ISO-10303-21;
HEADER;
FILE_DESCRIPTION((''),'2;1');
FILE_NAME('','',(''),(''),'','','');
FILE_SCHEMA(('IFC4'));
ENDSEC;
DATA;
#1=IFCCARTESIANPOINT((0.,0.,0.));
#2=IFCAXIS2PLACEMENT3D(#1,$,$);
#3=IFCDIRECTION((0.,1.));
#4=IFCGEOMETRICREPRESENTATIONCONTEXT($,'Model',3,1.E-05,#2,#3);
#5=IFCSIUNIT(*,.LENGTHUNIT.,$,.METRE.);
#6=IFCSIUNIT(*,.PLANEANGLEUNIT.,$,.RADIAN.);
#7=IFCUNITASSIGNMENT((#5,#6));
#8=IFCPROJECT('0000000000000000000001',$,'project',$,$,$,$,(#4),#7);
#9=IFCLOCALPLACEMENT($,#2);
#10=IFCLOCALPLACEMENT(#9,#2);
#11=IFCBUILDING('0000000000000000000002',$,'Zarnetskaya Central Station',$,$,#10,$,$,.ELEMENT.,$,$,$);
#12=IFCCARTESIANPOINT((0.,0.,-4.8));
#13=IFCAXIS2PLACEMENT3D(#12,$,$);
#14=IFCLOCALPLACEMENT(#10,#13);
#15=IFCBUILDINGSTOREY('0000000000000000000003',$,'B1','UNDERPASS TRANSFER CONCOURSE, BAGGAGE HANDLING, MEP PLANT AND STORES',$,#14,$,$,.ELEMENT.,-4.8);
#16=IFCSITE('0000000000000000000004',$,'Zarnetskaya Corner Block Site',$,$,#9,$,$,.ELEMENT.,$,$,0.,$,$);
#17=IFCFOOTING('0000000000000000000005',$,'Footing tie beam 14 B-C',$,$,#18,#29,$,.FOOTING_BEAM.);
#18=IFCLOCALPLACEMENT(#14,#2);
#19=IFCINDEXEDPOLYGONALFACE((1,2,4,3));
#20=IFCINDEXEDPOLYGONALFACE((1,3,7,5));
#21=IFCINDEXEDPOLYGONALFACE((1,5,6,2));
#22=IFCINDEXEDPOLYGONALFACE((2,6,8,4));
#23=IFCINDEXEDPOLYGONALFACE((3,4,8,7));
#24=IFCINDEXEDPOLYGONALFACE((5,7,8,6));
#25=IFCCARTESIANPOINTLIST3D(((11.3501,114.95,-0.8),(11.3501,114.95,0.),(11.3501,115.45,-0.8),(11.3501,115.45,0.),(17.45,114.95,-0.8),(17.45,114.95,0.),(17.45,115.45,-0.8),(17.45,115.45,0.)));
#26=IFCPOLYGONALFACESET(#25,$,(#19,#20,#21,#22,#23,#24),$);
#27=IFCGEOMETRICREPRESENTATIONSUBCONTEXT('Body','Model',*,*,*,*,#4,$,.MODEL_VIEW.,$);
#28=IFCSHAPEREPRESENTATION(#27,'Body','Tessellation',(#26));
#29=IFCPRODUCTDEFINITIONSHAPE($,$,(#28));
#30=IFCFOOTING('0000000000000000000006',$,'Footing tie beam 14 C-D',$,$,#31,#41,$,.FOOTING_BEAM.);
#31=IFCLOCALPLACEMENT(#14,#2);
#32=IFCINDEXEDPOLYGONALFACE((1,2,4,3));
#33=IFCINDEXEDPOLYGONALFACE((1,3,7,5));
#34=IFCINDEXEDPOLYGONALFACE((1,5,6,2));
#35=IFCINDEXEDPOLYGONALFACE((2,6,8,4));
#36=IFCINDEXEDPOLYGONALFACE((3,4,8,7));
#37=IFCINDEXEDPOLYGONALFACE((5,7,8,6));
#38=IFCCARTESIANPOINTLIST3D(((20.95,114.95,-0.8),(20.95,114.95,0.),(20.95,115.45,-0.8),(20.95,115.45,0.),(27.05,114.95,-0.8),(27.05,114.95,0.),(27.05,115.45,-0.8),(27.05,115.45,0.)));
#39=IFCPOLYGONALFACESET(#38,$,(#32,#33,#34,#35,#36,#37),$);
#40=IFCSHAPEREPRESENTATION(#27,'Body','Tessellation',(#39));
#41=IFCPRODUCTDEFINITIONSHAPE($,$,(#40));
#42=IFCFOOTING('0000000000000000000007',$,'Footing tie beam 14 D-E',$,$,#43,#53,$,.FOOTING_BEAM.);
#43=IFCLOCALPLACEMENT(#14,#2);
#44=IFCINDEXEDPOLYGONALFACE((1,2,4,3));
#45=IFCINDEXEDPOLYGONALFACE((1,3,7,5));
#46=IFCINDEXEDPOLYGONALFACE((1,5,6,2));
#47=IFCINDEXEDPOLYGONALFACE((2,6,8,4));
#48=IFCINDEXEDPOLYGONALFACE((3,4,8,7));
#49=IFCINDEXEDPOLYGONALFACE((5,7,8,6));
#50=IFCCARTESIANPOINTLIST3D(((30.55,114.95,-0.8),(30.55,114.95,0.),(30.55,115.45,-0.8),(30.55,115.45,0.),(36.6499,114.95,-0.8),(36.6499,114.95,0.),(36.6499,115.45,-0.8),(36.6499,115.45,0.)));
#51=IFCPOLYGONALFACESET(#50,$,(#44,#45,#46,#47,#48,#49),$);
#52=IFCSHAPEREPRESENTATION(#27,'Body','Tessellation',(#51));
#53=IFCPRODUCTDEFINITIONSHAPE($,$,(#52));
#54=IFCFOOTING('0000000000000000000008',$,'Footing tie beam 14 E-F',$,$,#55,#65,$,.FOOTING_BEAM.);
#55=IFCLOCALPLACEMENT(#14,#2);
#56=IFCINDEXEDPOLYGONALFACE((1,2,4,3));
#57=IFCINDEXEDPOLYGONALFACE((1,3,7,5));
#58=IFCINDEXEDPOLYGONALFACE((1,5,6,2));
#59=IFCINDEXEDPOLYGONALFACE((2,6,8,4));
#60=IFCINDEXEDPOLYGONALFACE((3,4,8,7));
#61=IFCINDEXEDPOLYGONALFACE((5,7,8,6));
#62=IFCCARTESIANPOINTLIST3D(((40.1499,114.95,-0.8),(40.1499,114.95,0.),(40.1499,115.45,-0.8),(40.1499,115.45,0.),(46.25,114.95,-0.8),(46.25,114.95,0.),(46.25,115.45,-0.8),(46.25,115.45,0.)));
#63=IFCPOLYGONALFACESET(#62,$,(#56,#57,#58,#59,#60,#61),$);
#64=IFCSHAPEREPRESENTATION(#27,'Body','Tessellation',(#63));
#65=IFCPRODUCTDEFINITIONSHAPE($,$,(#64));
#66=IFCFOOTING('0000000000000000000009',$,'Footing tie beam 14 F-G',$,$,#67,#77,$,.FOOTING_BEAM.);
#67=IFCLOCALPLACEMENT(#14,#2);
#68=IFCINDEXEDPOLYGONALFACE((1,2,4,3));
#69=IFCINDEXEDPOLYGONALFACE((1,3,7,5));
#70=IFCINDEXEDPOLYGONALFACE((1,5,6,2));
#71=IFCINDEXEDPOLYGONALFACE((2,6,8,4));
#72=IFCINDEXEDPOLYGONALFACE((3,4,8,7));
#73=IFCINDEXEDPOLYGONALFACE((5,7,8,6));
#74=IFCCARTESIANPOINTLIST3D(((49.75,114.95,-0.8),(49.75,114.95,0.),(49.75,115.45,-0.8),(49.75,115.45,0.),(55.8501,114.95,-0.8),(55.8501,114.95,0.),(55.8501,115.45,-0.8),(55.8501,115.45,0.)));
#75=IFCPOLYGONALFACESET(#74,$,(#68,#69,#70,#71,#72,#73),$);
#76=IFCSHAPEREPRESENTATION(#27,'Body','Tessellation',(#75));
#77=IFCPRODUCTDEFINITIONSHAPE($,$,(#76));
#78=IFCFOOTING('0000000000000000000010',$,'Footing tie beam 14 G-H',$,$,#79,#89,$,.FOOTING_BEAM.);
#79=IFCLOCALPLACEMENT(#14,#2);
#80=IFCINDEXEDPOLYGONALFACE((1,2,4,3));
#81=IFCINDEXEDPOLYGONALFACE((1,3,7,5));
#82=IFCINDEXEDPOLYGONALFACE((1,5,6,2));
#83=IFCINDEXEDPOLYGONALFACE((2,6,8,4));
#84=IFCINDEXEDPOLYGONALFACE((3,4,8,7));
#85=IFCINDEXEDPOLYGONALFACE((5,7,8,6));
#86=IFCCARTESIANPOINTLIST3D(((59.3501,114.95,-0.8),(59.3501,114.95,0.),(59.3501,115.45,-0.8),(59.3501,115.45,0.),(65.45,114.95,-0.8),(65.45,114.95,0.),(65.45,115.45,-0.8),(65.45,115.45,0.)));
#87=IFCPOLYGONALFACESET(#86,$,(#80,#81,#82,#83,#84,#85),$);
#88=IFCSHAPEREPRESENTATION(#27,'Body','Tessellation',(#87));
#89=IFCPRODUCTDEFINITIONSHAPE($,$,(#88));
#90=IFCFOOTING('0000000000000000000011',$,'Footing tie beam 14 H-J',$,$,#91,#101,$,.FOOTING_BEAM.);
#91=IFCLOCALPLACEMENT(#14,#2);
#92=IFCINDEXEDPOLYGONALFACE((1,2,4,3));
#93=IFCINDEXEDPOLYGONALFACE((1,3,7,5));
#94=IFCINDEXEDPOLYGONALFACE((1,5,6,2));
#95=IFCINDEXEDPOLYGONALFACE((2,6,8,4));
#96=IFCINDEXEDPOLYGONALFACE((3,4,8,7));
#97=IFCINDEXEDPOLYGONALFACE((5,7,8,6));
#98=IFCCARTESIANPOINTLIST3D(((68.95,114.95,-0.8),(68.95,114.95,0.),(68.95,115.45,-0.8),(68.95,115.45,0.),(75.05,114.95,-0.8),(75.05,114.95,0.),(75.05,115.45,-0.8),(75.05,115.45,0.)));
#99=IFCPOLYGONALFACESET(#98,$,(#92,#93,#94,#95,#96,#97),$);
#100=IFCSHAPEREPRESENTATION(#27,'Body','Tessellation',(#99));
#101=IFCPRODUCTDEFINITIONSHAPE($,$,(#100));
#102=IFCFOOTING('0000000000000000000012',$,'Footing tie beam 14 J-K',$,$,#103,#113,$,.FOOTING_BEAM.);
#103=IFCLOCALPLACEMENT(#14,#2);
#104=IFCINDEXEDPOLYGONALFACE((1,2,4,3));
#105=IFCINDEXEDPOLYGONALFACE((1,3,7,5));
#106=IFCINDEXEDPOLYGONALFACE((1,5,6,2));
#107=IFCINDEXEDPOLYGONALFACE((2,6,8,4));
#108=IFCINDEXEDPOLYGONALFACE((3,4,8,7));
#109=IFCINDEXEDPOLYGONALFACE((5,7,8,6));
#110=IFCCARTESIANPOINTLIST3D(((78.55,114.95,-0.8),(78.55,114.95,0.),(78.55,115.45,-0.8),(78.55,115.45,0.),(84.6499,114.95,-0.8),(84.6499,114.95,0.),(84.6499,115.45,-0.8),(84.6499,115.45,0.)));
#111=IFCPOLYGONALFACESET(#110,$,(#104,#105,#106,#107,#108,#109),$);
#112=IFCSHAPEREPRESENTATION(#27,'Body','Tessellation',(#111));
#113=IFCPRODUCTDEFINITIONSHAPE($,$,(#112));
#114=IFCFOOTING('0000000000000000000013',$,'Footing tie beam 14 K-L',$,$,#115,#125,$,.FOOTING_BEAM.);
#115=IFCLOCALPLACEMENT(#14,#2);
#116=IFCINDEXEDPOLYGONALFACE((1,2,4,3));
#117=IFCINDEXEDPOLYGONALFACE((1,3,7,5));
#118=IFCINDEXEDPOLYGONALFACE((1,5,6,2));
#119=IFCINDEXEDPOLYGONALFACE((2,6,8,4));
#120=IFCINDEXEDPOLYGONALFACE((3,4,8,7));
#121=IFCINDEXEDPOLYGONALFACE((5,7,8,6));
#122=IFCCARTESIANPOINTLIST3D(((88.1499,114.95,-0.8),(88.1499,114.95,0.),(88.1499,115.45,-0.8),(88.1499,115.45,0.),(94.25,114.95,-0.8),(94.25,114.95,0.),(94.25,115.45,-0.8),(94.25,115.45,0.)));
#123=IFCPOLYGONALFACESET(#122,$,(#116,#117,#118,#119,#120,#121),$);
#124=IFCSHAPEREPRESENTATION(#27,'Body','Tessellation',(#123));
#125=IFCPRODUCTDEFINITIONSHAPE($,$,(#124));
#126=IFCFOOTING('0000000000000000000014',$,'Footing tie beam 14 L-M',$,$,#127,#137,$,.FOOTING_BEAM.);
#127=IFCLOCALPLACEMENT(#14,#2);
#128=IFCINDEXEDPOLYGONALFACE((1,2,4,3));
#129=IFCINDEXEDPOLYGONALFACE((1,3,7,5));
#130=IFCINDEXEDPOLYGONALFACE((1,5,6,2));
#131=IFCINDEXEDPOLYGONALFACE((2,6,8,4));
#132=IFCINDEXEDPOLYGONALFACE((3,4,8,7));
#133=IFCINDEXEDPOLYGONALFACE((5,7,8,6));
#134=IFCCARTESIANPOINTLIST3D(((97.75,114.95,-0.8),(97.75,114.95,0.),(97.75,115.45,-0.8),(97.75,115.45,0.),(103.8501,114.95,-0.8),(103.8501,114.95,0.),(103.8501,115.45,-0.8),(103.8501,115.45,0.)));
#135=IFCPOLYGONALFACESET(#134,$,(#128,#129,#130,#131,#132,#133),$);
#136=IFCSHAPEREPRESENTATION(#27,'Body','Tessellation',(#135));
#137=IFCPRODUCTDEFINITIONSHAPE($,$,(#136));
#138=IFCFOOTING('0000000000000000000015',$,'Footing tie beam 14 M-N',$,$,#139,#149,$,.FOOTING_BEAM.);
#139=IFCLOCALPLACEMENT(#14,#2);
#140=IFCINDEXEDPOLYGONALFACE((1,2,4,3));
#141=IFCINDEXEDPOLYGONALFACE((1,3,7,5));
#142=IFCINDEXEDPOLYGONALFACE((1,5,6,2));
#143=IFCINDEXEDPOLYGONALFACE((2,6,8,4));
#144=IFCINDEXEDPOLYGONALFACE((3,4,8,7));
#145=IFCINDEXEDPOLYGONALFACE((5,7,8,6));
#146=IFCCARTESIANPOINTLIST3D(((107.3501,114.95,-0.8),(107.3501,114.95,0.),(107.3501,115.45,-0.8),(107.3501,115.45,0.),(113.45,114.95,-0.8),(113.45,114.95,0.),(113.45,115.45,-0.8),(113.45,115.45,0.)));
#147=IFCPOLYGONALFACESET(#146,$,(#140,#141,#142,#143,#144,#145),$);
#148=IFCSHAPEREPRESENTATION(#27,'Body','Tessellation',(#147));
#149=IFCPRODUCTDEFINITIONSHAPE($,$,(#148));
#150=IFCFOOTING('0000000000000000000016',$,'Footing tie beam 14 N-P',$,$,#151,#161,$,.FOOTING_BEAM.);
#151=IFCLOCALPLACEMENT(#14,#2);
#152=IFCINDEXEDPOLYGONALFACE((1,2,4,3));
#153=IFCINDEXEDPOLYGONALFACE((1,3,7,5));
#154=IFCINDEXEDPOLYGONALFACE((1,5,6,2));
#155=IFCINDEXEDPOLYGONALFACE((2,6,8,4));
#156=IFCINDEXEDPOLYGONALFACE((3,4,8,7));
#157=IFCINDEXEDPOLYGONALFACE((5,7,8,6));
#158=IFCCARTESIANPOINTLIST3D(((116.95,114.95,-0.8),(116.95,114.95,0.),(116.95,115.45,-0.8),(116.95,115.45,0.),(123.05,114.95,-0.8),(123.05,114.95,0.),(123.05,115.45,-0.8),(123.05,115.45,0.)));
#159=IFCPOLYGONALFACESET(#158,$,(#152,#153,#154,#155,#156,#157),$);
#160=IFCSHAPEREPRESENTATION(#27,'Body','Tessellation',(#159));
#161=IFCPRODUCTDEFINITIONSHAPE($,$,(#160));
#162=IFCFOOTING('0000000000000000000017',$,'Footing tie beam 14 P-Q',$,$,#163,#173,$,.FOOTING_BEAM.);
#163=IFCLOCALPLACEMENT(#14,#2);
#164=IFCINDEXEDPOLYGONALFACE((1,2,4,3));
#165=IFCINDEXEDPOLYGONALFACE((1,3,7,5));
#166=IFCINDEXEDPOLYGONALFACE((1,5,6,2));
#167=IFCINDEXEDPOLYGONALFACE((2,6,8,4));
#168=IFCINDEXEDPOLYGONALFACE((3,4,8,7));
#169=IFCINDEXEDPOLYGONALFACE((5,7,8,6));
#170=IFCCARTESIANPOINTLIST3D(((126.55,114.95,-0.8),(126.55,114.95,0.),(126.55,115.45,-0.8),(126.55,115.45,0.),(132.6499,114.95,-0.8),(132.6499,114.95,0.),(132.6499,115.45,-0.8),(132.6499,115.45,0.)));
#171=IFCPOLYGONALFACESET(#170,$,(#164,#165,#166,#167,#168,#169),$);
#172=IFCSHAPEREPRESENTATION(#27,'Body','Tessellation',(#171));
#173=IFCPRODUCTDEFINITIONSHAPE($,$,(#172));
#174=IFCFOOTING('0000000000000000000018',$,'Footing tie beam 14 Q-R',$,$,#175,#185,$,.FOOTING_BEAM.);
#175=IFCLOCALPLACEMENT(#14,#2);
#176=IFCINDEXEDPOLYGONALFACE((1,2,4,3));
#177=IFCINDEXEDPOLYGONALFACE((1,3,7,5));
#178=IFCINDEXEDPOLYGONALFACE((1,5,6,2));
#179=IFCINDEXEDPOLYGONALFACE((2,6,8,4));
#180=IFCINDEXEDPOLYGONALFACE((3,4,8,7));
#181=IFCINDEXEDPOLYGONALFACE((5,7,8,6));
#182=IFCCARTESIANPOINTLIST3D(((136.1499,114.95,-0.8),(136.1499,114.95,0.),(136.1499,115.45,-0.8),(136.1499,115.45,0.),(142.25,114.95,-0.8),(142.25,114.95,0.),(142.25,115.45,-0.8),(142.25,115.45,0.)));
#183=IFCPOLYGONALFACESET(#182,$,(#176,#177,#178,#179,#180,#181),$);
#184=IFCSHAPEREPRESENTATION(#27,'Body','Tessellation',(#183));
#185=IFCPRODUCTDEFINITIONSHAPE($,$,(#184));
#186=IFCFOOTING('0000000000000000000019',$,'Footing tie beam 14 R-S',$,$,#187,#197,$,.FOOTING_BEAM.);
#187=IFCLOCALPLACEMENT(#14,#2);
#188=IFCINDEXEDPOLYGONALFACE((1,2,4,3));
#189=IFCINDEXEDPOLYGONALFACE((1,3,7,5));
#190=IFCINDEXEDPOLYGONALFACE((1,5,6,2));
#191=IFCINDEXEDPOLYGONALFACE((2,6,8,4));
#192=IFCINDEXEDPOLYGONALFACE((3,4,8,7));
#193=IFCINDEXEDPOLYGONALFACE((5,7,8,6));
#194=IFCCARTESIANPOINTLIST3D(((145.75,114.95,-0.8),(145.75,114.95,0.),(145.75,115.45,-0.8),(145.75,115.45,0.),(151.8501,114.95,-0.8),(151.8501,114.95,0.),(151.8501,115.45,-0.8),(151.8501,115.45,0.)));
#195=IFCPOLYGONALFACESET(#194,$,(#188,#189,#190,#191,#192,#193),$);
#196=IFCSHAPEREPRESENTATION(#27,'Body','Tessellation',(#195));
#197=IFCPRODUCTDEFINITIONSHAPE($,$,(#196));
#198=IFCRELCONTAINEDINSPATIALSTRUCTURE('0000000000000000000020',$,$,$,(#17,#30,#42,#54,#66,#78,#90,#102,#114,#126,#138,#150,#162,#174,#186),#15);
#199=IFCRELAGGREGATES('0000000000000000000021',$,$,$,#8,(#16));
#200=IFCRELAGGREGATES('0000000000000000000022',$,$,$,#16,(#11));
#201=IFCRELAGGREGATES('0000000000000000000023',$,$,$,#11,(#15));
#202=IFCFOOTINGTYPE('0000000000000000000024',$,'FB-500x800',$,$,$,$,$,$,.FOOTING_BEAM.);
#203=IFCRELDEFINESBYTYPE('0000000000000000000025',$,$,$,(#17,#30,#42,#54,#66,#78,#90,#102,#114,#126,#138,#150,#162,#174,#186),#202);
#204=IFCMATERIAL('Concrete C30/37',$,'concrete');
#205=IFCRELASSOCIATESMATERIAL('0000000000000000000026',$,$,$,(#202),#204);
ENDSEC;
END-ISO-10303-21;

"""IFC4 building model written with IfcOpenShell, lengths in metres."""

from ifc_helpers import new_model, si_unit, direction, frame, origin, place, context, subcontext, project, spatial, polyline, outline, extrude, material, type_object, element, save


model = new_model("IFC4")

# Units and contexts
model_context = context("Model", 3, precision=1e-05, world=origin(), true_north=direction((0.0, 1.0)))
body_context = subcontext(model_context, "Body", "Model", "MODEL_VIEW")
ifc_project = project(units=[si_unit("LENGTHUNIT", "METRE"), si_unit("PLANEANGLEUNIT", "RADIAN")], contexts=[model_context])

# Site, building, storey
site_placement = place(None, origin())
site = spatial("IfcSite", under=ifc_project, at=site_placement, Name="Zarnetskaya Corner Block Site", CompositionType="ELEMENT", RefElevation=0.0)
building_placement = place(site_placement, origin())
building = spatial("IfcBuilding", under=site, at=building_placement, Name="Zarnetskaya Central Station", CompositionType="ELEMENT")
storey_placement = place(building_placement, frame((0.0, 0.0, -4.8)))
storey = spatial("IfcBuildingStorey", under=building, at=storey_placement, Name="B1", Description="UNDERPASS TRANSFER CONCOURSE, BAGGAGE HANDLING, MEP PLANT AND STORES", CompositionType="ELEMENT", Elevation=-4.8)

# Footings
ifc_material = material(Name="Concrete C30/37", Category="concrete")
footing_type_1 = type_object("IfcFootingType", Name="FB-500x800", PredefinedType="FOOTING_BEAM", material=ifc_material)
footing_1_placement = place(storey_placement, frame((0.0, 0.0, -0.8)))
element("IfcFooting", 1, at=footing_1_placement, inside=storey, type_object=footing_type_1, Name="Footing tie beam 14 B-C", PredefinedType="FOOTING_BEAM", context=body_context, shape_type="SweptSolid", body=[
    extrude(outline(polyline([(11.3501, 114.95), (17.45, 114.95), (17.45, 115.45), (11.3501, 115.45), (11.3501, 114.95)])), origin(), (0.0, 0.0, 1.0), 0.8),
])
footing_2_placement = place(storey_placement, frame((0.0, 0.0, -0.8)))
element("IfcFooting", 2, at=footing_2_placement, inside=storey, type_object=footing_type_1, Name="Footing tie beam 14 C-D", PredefinedType="FOOTING_BEAM", context=body_context, shape_type="SweptSolid", body=[
    extrude(outline(polyline([(20.95, 114.95), (27.05, 114.95), (27.05, 115.45), (20.95, 115.45), (20.95, 114.95)])), origin(), (0.0, 0.0, 1.0), 0.8),
])
footing_3_placement = place(storey_placement, frame((0.0, 0.0, -0.8)))
element("IfcFooting", 3, at=footing_3_placement, inside=storey, type_object=footing_type_1, Name="Footing tie beam 14 D-E", PredefinedType="FOOTING_BEAM", context=body_context, shape_type="SweptSolid", body=[
    extrude(outline(polyline([(30.55, 114.95), (36.6499, 114.95), (36.6499, 115.45), (30.55, 115.45), (30.55, 114.95)])), origin(), (0.0, 0.0, 1.0), 0.8),
])
footing_4_placement = place(storey_placement, frame((0.0, 0.0, -0.8)))
element("IfcFooting", 4, at=footing_4_placement, inside=storey, type_object=footing_type_1, Name="Footing tie beam 14 E-F", PredefinedType="FOOTING_BEAM", context=body_context, shape_type="SweptSolid", body=[
    extrude(outline(polyline([(40.1499, 114.95), (46.25, 114.95), (46.25, 115.45), (40.1499, 115.45), (40.1499, 114.95)])), origin(), (0.0, 0.0, 1.0), 0.8),
])
footing_5_placement = place(storey_placement, frame((0.0, 0.0, -0.8)))
element("IfcFooting", 5, at=footing_5_placement, inside=storey, type_object=footing_type_1, Name="Footing tie beam 14 F-G", PredefinedType="FOOTING_BEAM", context=body_context, shape_type="SweptSolid", body=[
    extrude(outline(polyline([(49.75, 114.95), (55.8501, 114.95), (55.8501, 115.45), (49.75, 115.45), (49.75, 114.95)])), origin(), (0.0, 0.0, 1.0), 0.8),
])
footing_6_placement = place(storey_placement, frame((0.0, 0.0, -0.8)))
element("IfcFooting", 6, at=footing_6_placement, inside=storey, type_object=footing_type_1, Name="Footing tie beam 14 G-H", PredefinedType="FOOTING_BEAM", context=body_context, shape_type="SweptSolid", body=[
    extrude(outline(polyline([(59.3501, 114.95), (65.45, 114.95), (65.45, 115.45), (59.3501, 115.45), (59.3501, 114.95)])), origin(), (0.0, 0.0, 1.0), 0.8),
])
footing_7_placement = place(storey_placement, frame((0.0, 0.0, -0.8)))
element("IfcFooting", 7, at=footing_7_placement, inside=storey, type_object=footing_type_1, Name="Footing tie beam 14 H-J", PredefinedType="FOOTING_BEAM", context=body_context, shape_type="SweptSolid", body=[
    extrude(outline(polyline([(68.95, 114.95), (75.05, 114.95), (75.05, 115.45), (68.95, 115.45), (68.95, 114.95)])), origin(), (0.0, 0.0, 1.0), 0.8),
])
footing_8_placement = place(storey_placement, frame((0.0, 0.0, -0.8)))
element("IfcFooting", 8, at=footing_8_placement, inside=storey, type_object=footing_type_1, Name="Footing tie beam 14 J-K", PredefinedType="FOOTING_BEAM", context=body_context, shape_type="SweptSolid", body=[
    extrude(outline(polyline([(78.55, 114.95), (84.6499, 114.95), (84.6499, 115.45), (78.55, 115.45), (78.55, 114.95)])), origin(), (0.0, 0.0, 1.0), 0.8),
])
footing_9_placement = place(storey_placement, frame((0.0, 0.0, -0.8)))
element("IfcFooting", 9, at=footing_9_placement, inside=storey, type_object=footing_type_1, Name="Footing tie beam 14 K-L", PredefinedType="FOOTING_BEAM", context=body_context, shape_type="SweptSolid", body=[
    extrude(outline(polyline([(88.1499, 114.95), (94.25, 114.95), (94.25, 115.45), (88.1499, 115.45), (88.1499, 114.95)])), origin(), (0.0, 0.0, 1.0), 0.8),
])
footing_10_placement = place(storey_placement, frame((0.0, 0.0, -0.8)))
element("IfcFooting", 10, at=footing_10_placement, inside=storey, type_object=footing_type_1, Name="Footing tie beam 14 L-M", PredefinedType="FOOTING_BEAM", context=body_context, shape_type="SweptSolid", body=[
    extrude(outline(polyline([(97.75, 114.95), (103.8501, 114.95), (103.8501, 115.45), (97.75, 115.45), (97.75, 114.95)])), origin(), (0.0, 0.0, 1.0), 0.8),
])
footing_11_placement = place(storey_placement, frame((0.0, 0.0, -0.8)))
element("IfcFooting", 11, at=footing_11_placement, inside=storey, type_object=footing_type_1, Name="Footing tie beam 14 M-N", PredefinedType="FOOTING_BEAM", context=body_context, shape_type="SweptSolid", body=[
    extrude(outline(polyline([(107.3501, 114.95), (113.45, 114.95), (113.45, 115.45), (107.3501, 115.45), (107.3501, 114.95)])), origin(), (0.0, 0.0, 1.0), 0.8),
])
footing_12_placement = place(storey_placement, frame((0.0, 0.0, -0.8)))
element("IfcFooting", 12, at=footing_12_placement, inside=storey, type_object=footing_type_1, Name="Footing tie beam 14 N-P", PredefinedType="FOOTING_BEAM", context=body_context, shape_type="SweptSolid", body=[
    extrude(outline(polyline([(116.95, 114.95), (123.05, 114.95), (123.05, 115.45), (116.95, 115.45), (116.95, 114.95)])), origin(), (0.0, 0.0, 1.0), 0.8),
])
footing_13_placement = place(storey_placement, frame((0.0, 0.0, -0.8)))
element("IfcFooting", 13, at=footing_13_placement, inside=storey, type_object=footing_type_1, Name="Footing tie beam 14 P-Q", PredefinedType="FOOTING_BEAM", context=body_context, shape_type="SweptSolid", body=[
    extrude(outline(polyline([(126.55, 114.95), (132.6499, 114.95), (132.6499, 115.45), (126.55, 115.45), (126.55, 114.95)])), origin(), (0.0, 0.0, 1.0), 0.8),
])
footing_14_placement = place(storey_placement, frame((0.0, 0.0, -0.8)))
element("IfcFooting", 14, at=footing_14_placement, inside=storey, type_object=footing_type_1, Name="Footing tie beam 14 Q-R", PredefinedType="FOOTING_BEAM", context=body_context, shape_type="SweptSolid", body=[
    extrude(outline(polyline([(136.1499, 114.95), (142.25, 114.95), (142.25, 115.45), (136.1499, 115.45), (136.1499, 114.95)])), origin(), (0.0, 0.0, 1.0), 0.8),
])
footing_15_placement = place(storey_placement, frame((0.0, 0.0, -0.8)))
element("IfcFooting", 15, at=footing_15_placement, inside=storey, type_object=footing_type_1, Name="Footing tie beam 14 R-S", PredefinedType="FOOTING_BEAM", context=body_context, shape_type="SweptSolid", body=[
    extrude(outline(polyline([(145.75, 114.95), (151.8501, 114.95), (151.8501, 115.45), (145.75, 115.45), (145.75, 114.95)])), origin(), (0.0, 0.0, 1.0), 0.8),
])

save(model, "model.ifc")
